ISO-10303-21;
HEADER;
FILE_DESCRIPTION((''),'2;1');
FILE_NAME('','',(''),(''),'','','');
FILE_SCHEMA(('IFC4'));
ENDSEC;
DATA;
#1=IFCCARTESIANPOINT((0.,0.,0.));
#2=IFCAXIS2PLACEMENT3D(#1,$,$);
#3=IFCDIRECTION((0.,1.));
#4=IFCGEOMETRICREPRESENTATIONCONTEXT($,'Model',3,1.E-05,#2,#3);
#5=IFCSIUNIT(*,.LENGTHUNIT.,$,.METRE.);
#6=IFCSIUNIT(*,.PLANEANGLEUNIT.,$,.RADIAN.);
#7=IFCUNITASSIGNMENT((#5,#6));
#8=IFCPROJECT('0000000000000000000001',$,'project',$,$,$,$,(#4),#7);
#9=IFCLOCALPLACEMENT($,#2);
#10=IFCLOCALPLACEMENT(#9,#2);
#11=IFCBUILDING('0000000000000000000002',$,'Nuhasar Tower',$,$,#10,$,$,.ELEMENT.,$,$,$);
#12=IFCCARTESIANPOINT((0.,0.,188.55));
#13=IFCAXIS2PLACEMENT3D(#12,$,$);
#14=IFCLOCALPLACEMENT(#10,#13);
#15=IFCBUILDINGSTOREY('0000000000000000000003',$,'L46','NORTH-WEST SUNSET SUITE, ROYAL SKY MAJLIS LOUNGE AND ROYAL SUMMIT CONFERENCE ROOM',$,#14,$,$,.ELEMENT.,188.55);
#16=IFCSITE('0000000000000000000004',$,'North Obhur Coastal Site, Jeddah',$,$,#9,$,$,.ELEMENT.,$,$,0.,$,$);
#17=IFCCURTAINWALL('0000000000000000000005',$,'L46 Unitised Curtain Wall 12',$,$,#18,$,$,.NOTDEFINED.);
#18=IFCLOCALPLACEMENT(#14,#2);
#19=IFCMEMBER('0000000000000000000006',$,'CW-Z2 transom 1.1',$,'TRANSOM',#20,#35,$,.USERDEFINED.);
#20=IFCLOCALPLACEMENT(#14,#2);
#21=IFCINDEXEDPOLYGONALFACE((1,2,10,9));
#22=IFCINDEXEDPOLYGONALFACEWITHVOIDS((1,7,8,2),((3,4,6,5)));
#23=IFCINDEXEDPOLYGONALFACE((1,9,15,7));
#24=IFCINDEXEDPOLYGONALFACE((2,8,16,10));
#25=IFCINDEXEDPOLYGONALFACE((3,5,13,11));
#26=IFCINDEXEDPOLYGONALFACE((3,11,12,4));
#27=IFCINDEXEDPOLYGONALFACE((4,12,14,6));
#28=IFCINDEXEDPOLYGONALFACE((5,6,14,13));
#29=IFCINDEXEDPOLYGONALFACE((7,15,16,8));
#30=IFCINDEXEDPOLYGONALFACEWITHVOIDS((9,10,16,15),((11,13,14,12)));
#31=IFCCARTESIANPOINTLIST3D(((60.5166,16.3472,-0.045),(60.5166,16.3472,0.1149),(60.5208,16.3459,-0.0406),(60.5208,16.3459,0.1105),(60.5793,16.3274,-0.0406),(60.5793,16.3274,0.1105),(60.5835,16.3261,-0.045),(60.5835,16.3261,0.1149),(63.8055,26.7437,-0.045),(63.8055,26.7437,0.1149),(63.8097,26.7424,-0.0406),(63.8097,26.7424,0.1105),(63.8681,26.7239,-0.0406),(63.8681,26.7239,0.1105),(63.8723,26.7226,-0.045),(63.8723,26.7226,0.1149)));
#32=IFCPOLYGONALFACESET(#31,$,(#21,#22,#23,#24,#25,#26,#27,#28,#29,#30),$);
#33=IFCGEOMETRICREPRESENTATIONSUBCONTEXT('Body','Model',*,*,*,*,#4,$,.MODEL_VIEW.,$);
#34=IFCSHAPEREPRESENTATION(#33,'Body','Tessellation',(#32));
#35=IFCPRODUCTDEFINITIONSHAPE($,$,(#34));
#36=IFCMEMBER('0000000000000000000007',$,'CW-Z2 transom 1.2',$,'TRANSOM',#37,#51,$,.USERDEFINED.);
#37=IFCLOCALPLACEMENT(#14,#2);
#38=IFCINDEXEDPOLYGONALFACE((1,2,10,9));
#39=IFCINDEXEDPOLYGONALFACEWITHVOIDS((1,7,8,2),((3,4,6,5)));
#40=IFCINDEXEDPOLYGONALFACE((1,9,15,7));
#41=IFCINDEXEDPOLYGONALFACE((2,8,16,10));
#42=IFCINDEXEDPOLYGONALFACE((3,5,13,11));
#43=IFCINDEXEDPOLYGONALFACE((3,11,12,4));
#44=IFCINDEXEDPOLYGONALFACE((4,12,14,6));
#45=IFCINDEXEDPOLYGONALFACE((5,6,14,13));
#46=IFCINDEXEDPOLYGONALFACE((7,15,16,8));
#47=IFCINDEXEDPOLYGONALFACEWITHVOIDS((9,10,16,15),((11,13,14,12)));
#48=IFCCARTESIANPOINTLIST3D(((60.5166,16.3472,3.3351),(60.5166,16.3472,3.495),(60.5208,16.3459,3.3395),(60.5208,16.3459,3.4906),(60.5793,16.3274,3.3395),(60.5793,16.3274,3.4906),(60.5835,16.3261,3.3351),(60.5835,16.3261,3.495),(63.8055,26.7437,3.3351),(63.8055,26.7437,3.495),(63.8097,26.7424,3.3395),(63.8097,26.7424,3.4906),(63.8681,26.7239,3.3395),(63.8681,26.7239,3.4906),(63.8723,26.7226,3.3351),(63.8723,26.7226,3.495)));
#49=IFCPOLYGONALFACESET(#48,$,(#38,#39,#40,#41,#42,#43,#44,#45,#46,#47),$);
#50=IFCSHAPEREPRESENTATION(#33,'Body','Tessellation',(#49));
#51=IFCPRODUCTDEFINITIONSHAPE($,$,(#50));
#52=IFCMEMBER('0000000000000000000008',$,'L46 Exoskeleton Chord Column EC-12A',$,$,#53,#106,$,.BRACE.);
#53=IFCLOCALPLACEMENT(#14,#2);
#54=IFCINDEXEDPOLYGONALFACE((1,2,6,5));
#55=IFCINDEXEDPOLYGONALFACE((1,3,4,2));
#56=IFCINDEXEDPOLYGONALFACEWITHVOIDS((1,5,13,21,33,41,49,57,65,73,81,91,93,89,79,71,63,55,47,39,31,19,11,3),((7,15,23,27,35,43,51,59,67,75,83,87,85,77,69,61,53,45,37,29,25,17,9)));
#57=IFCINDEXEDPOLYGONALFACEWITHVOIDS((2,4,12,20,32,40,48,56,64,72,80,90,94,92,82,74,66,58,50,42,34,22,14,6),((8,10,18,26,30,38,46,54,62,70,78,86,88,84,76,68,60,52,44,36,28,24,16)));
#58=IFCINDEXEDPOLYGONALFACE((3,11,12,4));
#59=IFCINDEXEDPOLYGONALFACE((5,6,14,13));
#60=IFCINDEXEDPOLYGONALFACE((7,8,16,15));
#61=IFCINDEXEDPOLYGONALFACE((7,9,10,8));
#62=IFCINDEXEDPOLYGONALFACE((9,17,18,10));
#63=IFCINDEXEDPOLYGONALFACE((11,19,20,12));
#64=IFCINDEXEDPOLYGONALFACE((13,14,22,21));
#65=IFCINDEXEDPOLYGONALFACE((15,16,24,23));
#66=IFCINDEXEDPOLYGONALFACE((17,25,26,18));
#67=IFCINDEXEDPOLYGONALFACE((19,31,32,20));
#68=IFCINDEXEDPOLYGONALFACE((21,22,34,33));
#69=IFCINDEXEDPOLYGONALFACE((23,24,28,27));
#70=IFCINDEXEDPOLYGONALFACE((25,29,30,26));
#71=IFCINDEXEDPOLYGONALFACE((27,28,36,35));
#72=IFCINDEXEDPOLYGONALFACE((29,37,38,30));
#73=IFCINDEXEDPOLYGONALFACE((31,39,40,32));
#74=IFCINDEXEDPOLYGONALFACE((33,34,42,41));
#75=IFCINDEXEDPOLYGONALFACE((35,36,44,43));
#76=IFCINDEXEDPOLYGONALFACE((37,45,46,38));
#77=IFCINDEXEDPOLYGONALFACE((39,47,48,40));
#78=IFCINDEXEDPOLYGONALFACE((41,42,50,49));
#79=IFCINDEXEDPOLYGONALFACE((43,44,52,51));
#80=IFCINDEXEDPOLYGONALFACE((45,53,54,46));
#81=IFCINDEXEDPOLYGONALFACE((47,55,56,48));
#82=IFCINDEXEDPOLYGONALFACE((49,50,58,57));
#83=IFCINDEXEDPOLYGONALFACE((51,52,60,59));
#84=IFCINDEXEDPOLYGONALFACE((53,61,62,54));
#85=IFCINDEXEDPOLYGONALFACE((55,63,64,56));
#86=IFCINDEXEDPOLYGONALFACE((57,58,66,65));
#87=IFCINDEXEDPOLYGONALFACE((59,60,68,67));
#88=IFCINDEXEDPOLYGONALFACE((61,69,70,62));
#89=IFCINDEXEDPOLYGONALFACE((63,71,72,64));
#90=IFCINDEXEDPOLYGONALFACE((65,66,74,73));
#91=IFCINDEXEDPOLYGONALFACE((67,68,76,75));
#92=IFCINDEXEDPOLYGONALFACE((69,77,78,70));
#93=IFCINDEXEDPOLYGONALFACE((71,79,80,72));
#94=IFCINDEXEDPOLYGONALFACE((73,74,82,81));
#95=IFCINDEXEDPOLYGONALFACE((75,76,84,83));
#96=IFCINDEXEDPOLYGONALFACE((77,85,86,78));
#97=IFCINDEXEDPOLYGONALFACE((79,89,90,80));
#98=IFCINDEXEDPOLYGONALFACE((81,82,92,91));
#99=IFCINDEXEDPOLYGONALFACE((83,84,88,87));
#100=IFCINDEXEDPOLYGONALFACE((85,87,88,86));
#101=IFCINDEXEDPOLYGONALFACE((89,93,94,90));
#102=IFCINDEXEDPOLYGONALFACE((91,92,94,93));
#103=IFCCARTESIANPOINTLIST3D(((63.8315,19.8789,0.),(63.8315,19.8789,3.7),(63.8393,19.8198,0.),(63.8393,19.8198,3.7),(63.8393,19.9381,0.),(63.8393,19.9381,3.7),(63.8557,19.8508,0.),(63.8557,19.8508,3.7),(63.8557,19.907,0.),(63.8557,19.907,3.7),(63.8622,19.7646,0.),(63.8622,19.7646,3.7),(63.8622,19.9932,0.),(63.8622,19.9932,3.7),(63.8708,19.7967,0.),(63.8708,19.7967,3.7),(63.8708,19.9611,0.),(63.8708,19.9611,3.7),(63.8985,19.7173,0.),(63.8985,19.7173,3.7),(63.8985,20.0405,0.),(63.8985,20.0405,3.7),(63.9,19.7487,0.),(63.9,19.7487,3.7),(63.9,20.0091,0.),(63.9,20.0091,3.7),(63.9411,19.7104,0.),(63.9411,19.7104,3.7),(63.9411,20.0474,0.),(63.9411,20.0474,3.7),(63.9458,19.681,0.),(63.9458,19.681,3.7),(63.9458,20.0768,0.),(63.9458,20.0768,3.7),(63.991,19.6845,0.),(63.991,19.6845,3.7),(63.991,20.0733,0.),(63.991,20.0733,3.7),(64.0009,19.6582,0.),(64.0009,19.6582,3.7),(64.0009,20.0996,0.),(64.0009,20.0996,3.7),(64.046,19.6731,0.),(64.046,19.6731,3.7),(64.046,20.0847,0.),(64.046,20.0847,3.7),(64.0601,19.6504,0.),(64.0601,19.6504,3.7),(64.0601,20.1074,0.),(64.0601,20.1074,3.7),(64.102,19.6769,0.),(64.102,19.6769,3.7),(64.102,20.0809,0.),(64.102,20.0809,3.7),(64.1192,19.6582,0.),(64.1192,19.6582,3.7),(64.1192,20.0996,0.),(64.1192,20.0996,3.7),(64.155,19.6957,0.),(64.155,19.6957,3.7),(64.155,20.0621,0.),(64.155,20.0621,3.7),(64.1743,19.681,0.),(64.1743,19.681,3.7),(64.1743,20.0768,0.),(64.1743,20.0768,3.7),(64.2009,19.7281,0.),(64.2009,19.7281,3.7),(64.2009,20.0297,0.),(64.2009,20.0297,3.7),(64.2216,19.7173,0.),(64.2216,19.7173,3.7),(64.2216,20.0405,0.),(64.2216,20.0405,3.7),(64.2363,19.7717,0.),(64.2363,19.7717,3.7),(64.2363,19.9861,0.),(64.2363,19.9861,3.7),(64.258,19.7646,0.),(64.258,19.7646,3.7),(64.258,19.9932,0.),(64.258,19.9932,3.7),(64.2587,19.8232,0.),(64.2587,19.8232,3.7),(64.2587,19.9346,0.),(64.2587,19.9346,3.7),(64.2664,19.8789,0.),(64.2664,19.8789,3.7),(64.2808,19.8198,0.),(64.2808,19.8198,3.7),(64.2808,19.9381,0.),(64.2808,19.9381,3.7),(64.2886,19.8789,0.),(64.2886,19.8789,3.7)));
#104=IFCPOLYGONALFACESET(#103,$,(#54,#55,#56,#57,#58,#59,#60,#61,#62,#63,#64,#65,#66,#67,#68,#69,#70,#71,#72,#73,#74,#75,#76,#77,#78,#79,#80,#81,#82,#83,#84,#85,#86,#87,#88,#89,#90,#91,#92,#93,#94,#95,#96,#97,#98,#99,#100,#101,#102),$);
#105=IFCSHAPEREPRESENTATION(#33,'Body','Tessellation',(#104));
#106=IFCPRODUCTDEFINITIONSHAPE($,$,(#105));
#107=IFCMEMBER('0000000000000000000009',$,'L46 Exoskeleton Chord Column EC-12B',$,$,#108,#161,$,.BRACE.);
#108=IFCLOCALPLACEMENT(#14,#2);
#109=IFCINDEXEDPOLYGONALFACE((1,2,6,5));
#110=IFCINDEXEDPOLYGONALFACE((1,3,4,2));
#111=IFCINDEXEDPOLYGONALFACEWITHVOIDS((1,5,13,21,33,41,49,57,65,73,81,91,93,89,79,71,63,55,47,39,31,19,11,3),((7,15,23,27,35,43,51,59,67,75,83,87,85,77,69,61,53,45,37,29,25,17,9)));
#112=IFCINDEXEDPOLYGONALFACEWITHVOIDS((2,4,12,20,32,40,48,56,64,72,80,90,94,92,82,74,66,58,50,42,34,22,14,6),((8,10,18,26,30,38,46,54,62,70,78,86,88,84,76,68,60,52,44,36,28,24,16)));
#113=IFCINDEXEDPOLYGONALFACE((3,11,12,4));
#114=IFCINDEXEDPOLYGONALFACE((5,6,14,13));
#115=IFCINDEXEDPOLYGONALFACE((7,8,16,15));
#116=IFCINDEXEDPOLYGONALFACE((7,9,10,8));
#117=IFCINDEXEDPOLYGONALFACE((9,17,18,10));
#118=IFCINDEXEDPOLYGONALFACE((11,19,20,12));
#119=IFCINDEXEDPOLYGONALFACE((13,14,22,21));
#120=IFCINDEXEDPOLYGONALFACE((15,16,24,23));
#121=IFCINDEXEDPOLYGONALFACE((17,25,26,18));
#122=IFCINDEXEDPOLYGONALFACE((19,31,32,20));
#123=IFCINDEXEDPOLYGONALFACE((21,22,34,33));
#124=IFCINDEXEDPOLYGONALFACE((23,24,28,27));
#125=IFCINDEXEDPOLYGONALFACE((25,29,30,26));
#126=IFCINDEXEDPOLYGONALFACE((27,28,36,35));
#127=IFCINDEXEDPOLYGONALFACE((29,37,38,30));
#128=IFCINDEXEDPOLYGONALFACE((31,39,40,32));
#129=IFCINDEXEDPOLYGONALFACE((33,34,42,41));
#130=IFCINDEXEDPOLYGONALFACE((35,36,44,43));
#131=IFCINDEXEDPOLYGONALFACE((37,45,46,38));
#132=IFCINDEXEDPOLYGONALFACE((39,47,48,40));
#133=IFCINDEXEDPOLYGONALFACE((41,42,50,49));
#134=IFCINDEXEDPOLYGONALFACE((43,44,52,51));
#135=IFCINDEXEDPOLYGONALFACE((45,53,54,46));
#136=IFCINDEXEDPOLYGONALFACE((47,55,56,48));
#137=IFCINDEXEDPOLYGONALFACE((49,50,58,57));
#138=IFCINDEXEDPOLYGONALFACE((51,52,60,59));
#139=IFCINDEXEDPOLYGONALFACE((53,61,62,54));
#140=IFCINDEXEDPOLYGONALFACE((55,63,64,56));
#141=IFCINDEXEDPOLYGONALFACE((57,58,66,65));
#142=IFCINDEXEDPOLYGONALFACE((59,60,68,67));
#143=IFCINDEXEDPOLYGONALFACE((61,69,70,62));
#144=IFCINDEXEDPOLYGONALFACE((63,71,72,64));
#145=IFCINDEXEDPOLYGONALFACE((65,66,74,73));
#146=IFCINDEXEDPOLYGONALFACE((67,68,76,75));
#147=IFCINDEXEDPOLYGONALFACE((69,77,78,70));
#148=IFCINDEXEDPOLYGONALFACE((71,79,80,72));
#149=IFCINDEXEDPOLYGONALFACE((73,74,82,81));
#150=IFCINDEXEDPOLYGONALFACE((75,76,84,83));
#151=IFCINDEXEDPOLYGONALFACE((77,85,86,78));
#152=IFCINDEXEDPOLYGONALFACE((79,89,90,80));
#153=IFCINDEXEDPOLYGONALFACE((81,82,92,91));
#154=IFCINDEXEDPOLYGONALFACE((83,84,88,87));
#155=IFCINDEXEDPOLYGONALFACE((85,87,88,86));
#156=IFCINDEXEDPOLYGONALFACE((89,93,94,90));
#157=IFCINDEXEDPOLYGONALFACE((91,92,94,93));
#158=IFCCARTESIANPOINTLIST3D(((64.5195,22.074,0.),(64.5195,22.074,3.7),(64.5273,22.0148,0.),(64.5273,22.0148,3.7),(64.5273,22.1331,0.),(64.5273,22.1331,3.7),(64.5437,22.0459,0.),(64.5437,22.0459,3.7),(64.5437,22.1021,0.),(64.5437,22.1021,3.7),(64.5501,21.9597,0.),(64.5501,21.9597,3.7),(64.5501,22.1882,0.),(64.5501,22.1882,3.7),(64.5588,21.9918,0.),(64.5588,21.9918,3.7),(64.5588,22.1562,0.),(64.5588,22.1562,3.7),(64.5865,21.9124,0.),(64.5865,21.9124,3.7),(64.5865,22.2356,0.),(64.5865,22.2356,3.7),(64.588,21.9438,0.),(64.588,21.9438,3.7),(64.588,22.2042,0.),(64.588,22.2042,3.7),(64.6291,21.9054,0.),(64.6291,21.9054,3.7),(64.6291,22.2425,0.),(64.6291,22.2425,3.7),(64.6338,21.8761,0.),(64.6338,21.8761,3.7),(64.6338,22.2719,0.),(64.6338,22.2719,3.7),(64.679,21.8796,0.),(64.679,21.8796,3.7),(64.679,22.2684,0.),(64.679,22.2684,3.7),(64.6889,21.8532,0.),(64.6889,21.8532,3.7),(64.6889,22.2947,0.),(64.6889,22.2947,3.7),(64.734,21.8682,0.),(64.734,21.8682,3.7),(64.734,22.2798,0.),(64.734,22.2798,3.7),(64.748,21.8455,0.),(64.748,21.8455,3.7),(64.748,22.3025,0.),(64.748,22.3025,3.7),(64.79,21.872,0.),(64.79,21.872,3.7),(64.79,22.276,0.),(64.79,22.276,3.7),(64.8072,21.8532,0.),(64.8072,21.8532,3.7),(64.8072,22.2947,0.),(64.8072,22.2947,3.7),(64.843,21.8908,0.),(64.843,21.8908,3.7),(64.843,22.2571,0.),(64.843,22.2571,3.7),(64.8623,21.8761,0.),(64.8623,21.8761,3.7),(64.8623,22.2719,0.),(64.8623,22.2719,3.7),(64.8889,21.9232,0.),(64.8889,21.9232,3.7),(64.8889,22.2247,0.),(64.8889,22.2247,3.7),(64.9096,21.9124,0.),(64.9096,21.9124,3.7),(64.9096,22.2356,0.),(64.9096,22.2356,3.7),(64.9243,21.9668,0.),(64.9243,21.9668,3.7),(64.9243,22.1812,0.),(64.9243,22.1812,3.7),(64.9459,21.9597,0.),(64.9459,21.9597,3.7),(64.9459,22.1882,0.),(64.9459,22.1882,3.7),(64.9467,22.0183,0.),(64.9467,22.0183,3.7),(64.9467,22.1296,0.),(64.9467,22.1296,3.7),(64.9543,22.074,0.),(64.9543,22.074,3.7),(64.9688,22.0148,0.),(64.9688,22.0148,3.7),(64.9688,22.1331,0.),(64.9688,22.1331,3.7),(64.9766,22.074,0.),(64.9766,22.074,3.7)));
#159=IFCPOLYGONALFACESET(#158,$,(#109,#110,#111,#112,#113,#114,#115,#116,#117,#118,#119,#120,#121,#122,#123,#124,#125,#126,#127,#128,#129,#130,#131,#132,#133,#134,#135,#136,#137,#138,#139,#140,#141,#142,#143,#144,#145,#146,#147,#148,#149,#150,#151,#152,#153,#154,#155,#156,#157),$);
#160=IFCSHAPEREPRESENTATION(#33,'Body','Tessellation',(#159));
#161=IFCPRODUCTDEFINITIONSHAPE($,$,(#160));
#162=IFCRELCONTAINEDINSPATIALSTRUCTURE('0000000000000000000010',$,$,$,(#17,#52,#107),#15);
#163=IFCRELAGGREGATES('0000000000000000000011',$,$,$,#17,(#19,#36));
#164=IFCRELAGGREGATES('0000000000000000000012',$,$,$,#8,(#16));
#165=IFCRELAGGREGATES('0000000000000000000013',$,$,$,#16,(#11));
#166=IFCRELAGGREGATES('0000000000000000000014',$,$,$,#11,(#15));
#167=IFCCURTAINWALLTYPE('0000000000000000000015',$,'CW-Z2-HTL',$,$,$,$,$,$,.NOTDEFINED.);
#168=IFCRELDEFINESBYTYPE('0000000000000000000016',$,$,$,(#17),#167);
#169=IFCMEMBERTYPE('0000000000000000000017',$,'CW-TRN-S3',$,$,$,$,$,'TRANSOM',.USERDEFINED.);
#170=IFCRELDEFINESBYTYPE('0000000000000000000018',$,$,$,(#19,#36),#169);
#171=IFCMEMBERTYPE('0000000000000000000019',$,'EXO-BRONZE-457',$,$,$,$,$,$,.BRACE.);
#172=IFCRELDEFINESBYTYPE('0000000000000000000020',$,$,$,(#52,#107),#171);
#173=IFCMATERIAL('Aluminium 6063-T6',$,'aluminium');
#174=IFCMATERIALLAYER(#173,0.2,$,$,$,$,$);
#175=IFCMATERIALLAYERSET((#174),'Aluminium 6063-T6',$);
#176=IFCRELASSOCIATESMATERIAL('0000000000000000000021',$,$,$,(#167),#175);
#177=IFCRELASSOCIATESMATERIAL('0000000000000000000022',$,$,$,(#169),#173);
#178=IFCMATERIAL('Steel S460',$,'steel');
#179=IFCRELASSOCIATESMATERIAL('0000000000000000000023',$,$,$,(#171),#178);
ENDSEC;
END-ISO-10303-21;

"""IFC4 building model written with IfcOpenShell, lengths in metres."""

from ifc_helpers import new_model, si_unit, direction, frame, origin, origin_2d, place, context, subcontext, project, spatial, hollow_rectangle, hollow_circle, extrude, material, layer, layer_set, material_profile, profile_set, type_object, element, aggregate, save


model = new_model("IFC4")

# Units and contexts
model_context = context("Model", 3, precision=1e-05, world=origin(), true_north=direction((0.0, 1.0)))
body_context = subcontext(model_context, "Body", "Model", "MODEL_VIEW")
ifc_project = project(units=[si_unit("LENGTHUNIT", "METRE"), si_unit("PLANEANGLEUNIT", "RADIAN")], contexts=[model_context])

# Site, building, storey
site_placement = place(None, origin())
site = spatial("IfcSite", under=ifc_project, at=site_placement, Name="North Obhur Coastal Site, Jeddah", CompositionType="ELEMENT", RefElevation=0.0)
building_placement = place(site_placement, origin())
building = spatial("IfcBuilding", under=site, at=building_placement, Name="Nuhasar Tower", CompositionType="ELEMENT")
storey_placement = place(building_placement, frame((0.0, 0.0, 188.55)))
storey = spatial("IfcBuildingStorey", under=building, at=storey_placement, Name="L46", Description="NORTH-WEST SUNSET SUITE, ROYAL SKY MAJLIS LOUNGE AND ROYAL SUMMIT CONFERENCE ROOM", CompositionType="ELEMENT", Elevation=188.55)

# Curtain wall, members
ifc_material_1 = material(Name="Aluminium 6063-T6", Category="aluminium")
ifc_layer_1 = layer(ifc_material_1, 0.2)
ifc_layer_set_1 = layer_set([ifc_layer_1], Name="Aluminium 6063-T6")
curtain_wall_type = type_object("IfcCurtainWallType", Name="CW-Z2-HTL", PredefinedType="NOTDEFINED", material=ifc_layer_set_1)
curtain_wall_placement = place(storey_placement, origin())
curtain_wall = element("IfcCurtainWall", 1, at=curtain_wall_placement, inside=storey, type_object=curtain_wall_type, Name="L46 Unitised Curtain Wall 12", PredefinedType="NOTDEFINED")
ifc_material_profile_1 = material_profile(ifc_material_1, hollow_rectangle(XDim=0.0701, YDim=0.1599, WallThickness=0.0044, at=origin_2d()), Name="CWT-3")
ifc_profile_set_1 = profile_set([ifc_material_profile_1], Name="Aluminium 6063-T6")
member_type_1 = type_object("IfcMemberType", Name="CW-TRN-S3", ElementType="TRANSOM", PredefinedType="USERDEFINED", material=ifc_profile_set_1)
member_1_placement = place(storey_placement, frame((60.55, 16.3367, 0.0349), z_axis=(0.301608, 0.953432, 0.0), x_axis=(-0.953432, 0.301608, 0.0)))
member_1 = element("IfcMember", 2, at=member_1_placement, type_object=member_type_1, Name="CW-Z2 transom 1.1", ObjectType="TRANSOM", PredefinedType="USERDEFINED", context=body_context, shape_type="SweptSolid", body=[
    extrude(hollow_rectangle(XDim=0.0701, YDim=0.1599, WallThickness=0.0044, at=origin_2d()), origin(), (0.0, 0.0, 1.0), 10.9043),
])
member_2_placement = place(storey_placement, frame((60.55, 16.3367, 3.415), z_axis=(0.301608, 0.953432, 0.0), x_axis=(-0.953432, 0.301608, 0.0)))
member_2 = element("IfcMember", 3, at=member_2_placement, type_object=member_type_1, Name="CW-Z2 transom 1.2", ObjectType="TRANSOM", PredefinedType="USERDEFINED", context=body_context, shape_type="SweptSolid", body=[
    extrude(hollow_rectangle(XDim=0.0701, YDim=0.1599, WallThickness=0.0044, at=origin_2d()), origin(), (0.0, 0.0, 1.0), 10.9043),
])

# Members
ifc_material_2 = material(Name="Steel S460", Category="steel")
ifc_material_profile_2 = material_profile(ifc_material_2, hollow_circle(Radius=0.2285, WallThickness=0.0222, at=origin_2d()), Name="HSS457X22.2")
ifc_profile_set_2 = profile_set([ifc_material_profile_2], Name="Steel S460")
member_type_2 = type_object("IfcMemberType", Name="EXO-BRONZE-457", PredefinedType="BRACE", material=ifc_profile_set_2)
for number, where, z_axis, x_axis, name in (
    (4, (64.0601, 19.8789, 0.0), (0.0, 0.0, 1.0), (1.0, 0.0, 0.0), "L46 Exoskeleton Chord Column EC-12A"),
    (5, (64.748, 22.074, 0.0), (0.0, 0.0, 1.0), (1.0, 0.0, 0.0), "L46 Exoskeleton Chord Column EC-12B"),
):
    element("IfcMember", number, at=place(storey_placement, frame(where, z_axis=z_axis, x_axis=x_axis)), inside=storey, type_object=member_type_2, Name=name, PredefinedType="BRACE", context=body_context, shape_type="SweptSolid", body=[
        extrude(hollow_circle(Radius=0.2285, WallThickness=0.0222, at=origin_2d()), origin(), (0.0, 0.0, 1.0), 3.7),
    ])

aggregate(curtain_wall, [member_1, member_2])

save(model, "model.ifc")
